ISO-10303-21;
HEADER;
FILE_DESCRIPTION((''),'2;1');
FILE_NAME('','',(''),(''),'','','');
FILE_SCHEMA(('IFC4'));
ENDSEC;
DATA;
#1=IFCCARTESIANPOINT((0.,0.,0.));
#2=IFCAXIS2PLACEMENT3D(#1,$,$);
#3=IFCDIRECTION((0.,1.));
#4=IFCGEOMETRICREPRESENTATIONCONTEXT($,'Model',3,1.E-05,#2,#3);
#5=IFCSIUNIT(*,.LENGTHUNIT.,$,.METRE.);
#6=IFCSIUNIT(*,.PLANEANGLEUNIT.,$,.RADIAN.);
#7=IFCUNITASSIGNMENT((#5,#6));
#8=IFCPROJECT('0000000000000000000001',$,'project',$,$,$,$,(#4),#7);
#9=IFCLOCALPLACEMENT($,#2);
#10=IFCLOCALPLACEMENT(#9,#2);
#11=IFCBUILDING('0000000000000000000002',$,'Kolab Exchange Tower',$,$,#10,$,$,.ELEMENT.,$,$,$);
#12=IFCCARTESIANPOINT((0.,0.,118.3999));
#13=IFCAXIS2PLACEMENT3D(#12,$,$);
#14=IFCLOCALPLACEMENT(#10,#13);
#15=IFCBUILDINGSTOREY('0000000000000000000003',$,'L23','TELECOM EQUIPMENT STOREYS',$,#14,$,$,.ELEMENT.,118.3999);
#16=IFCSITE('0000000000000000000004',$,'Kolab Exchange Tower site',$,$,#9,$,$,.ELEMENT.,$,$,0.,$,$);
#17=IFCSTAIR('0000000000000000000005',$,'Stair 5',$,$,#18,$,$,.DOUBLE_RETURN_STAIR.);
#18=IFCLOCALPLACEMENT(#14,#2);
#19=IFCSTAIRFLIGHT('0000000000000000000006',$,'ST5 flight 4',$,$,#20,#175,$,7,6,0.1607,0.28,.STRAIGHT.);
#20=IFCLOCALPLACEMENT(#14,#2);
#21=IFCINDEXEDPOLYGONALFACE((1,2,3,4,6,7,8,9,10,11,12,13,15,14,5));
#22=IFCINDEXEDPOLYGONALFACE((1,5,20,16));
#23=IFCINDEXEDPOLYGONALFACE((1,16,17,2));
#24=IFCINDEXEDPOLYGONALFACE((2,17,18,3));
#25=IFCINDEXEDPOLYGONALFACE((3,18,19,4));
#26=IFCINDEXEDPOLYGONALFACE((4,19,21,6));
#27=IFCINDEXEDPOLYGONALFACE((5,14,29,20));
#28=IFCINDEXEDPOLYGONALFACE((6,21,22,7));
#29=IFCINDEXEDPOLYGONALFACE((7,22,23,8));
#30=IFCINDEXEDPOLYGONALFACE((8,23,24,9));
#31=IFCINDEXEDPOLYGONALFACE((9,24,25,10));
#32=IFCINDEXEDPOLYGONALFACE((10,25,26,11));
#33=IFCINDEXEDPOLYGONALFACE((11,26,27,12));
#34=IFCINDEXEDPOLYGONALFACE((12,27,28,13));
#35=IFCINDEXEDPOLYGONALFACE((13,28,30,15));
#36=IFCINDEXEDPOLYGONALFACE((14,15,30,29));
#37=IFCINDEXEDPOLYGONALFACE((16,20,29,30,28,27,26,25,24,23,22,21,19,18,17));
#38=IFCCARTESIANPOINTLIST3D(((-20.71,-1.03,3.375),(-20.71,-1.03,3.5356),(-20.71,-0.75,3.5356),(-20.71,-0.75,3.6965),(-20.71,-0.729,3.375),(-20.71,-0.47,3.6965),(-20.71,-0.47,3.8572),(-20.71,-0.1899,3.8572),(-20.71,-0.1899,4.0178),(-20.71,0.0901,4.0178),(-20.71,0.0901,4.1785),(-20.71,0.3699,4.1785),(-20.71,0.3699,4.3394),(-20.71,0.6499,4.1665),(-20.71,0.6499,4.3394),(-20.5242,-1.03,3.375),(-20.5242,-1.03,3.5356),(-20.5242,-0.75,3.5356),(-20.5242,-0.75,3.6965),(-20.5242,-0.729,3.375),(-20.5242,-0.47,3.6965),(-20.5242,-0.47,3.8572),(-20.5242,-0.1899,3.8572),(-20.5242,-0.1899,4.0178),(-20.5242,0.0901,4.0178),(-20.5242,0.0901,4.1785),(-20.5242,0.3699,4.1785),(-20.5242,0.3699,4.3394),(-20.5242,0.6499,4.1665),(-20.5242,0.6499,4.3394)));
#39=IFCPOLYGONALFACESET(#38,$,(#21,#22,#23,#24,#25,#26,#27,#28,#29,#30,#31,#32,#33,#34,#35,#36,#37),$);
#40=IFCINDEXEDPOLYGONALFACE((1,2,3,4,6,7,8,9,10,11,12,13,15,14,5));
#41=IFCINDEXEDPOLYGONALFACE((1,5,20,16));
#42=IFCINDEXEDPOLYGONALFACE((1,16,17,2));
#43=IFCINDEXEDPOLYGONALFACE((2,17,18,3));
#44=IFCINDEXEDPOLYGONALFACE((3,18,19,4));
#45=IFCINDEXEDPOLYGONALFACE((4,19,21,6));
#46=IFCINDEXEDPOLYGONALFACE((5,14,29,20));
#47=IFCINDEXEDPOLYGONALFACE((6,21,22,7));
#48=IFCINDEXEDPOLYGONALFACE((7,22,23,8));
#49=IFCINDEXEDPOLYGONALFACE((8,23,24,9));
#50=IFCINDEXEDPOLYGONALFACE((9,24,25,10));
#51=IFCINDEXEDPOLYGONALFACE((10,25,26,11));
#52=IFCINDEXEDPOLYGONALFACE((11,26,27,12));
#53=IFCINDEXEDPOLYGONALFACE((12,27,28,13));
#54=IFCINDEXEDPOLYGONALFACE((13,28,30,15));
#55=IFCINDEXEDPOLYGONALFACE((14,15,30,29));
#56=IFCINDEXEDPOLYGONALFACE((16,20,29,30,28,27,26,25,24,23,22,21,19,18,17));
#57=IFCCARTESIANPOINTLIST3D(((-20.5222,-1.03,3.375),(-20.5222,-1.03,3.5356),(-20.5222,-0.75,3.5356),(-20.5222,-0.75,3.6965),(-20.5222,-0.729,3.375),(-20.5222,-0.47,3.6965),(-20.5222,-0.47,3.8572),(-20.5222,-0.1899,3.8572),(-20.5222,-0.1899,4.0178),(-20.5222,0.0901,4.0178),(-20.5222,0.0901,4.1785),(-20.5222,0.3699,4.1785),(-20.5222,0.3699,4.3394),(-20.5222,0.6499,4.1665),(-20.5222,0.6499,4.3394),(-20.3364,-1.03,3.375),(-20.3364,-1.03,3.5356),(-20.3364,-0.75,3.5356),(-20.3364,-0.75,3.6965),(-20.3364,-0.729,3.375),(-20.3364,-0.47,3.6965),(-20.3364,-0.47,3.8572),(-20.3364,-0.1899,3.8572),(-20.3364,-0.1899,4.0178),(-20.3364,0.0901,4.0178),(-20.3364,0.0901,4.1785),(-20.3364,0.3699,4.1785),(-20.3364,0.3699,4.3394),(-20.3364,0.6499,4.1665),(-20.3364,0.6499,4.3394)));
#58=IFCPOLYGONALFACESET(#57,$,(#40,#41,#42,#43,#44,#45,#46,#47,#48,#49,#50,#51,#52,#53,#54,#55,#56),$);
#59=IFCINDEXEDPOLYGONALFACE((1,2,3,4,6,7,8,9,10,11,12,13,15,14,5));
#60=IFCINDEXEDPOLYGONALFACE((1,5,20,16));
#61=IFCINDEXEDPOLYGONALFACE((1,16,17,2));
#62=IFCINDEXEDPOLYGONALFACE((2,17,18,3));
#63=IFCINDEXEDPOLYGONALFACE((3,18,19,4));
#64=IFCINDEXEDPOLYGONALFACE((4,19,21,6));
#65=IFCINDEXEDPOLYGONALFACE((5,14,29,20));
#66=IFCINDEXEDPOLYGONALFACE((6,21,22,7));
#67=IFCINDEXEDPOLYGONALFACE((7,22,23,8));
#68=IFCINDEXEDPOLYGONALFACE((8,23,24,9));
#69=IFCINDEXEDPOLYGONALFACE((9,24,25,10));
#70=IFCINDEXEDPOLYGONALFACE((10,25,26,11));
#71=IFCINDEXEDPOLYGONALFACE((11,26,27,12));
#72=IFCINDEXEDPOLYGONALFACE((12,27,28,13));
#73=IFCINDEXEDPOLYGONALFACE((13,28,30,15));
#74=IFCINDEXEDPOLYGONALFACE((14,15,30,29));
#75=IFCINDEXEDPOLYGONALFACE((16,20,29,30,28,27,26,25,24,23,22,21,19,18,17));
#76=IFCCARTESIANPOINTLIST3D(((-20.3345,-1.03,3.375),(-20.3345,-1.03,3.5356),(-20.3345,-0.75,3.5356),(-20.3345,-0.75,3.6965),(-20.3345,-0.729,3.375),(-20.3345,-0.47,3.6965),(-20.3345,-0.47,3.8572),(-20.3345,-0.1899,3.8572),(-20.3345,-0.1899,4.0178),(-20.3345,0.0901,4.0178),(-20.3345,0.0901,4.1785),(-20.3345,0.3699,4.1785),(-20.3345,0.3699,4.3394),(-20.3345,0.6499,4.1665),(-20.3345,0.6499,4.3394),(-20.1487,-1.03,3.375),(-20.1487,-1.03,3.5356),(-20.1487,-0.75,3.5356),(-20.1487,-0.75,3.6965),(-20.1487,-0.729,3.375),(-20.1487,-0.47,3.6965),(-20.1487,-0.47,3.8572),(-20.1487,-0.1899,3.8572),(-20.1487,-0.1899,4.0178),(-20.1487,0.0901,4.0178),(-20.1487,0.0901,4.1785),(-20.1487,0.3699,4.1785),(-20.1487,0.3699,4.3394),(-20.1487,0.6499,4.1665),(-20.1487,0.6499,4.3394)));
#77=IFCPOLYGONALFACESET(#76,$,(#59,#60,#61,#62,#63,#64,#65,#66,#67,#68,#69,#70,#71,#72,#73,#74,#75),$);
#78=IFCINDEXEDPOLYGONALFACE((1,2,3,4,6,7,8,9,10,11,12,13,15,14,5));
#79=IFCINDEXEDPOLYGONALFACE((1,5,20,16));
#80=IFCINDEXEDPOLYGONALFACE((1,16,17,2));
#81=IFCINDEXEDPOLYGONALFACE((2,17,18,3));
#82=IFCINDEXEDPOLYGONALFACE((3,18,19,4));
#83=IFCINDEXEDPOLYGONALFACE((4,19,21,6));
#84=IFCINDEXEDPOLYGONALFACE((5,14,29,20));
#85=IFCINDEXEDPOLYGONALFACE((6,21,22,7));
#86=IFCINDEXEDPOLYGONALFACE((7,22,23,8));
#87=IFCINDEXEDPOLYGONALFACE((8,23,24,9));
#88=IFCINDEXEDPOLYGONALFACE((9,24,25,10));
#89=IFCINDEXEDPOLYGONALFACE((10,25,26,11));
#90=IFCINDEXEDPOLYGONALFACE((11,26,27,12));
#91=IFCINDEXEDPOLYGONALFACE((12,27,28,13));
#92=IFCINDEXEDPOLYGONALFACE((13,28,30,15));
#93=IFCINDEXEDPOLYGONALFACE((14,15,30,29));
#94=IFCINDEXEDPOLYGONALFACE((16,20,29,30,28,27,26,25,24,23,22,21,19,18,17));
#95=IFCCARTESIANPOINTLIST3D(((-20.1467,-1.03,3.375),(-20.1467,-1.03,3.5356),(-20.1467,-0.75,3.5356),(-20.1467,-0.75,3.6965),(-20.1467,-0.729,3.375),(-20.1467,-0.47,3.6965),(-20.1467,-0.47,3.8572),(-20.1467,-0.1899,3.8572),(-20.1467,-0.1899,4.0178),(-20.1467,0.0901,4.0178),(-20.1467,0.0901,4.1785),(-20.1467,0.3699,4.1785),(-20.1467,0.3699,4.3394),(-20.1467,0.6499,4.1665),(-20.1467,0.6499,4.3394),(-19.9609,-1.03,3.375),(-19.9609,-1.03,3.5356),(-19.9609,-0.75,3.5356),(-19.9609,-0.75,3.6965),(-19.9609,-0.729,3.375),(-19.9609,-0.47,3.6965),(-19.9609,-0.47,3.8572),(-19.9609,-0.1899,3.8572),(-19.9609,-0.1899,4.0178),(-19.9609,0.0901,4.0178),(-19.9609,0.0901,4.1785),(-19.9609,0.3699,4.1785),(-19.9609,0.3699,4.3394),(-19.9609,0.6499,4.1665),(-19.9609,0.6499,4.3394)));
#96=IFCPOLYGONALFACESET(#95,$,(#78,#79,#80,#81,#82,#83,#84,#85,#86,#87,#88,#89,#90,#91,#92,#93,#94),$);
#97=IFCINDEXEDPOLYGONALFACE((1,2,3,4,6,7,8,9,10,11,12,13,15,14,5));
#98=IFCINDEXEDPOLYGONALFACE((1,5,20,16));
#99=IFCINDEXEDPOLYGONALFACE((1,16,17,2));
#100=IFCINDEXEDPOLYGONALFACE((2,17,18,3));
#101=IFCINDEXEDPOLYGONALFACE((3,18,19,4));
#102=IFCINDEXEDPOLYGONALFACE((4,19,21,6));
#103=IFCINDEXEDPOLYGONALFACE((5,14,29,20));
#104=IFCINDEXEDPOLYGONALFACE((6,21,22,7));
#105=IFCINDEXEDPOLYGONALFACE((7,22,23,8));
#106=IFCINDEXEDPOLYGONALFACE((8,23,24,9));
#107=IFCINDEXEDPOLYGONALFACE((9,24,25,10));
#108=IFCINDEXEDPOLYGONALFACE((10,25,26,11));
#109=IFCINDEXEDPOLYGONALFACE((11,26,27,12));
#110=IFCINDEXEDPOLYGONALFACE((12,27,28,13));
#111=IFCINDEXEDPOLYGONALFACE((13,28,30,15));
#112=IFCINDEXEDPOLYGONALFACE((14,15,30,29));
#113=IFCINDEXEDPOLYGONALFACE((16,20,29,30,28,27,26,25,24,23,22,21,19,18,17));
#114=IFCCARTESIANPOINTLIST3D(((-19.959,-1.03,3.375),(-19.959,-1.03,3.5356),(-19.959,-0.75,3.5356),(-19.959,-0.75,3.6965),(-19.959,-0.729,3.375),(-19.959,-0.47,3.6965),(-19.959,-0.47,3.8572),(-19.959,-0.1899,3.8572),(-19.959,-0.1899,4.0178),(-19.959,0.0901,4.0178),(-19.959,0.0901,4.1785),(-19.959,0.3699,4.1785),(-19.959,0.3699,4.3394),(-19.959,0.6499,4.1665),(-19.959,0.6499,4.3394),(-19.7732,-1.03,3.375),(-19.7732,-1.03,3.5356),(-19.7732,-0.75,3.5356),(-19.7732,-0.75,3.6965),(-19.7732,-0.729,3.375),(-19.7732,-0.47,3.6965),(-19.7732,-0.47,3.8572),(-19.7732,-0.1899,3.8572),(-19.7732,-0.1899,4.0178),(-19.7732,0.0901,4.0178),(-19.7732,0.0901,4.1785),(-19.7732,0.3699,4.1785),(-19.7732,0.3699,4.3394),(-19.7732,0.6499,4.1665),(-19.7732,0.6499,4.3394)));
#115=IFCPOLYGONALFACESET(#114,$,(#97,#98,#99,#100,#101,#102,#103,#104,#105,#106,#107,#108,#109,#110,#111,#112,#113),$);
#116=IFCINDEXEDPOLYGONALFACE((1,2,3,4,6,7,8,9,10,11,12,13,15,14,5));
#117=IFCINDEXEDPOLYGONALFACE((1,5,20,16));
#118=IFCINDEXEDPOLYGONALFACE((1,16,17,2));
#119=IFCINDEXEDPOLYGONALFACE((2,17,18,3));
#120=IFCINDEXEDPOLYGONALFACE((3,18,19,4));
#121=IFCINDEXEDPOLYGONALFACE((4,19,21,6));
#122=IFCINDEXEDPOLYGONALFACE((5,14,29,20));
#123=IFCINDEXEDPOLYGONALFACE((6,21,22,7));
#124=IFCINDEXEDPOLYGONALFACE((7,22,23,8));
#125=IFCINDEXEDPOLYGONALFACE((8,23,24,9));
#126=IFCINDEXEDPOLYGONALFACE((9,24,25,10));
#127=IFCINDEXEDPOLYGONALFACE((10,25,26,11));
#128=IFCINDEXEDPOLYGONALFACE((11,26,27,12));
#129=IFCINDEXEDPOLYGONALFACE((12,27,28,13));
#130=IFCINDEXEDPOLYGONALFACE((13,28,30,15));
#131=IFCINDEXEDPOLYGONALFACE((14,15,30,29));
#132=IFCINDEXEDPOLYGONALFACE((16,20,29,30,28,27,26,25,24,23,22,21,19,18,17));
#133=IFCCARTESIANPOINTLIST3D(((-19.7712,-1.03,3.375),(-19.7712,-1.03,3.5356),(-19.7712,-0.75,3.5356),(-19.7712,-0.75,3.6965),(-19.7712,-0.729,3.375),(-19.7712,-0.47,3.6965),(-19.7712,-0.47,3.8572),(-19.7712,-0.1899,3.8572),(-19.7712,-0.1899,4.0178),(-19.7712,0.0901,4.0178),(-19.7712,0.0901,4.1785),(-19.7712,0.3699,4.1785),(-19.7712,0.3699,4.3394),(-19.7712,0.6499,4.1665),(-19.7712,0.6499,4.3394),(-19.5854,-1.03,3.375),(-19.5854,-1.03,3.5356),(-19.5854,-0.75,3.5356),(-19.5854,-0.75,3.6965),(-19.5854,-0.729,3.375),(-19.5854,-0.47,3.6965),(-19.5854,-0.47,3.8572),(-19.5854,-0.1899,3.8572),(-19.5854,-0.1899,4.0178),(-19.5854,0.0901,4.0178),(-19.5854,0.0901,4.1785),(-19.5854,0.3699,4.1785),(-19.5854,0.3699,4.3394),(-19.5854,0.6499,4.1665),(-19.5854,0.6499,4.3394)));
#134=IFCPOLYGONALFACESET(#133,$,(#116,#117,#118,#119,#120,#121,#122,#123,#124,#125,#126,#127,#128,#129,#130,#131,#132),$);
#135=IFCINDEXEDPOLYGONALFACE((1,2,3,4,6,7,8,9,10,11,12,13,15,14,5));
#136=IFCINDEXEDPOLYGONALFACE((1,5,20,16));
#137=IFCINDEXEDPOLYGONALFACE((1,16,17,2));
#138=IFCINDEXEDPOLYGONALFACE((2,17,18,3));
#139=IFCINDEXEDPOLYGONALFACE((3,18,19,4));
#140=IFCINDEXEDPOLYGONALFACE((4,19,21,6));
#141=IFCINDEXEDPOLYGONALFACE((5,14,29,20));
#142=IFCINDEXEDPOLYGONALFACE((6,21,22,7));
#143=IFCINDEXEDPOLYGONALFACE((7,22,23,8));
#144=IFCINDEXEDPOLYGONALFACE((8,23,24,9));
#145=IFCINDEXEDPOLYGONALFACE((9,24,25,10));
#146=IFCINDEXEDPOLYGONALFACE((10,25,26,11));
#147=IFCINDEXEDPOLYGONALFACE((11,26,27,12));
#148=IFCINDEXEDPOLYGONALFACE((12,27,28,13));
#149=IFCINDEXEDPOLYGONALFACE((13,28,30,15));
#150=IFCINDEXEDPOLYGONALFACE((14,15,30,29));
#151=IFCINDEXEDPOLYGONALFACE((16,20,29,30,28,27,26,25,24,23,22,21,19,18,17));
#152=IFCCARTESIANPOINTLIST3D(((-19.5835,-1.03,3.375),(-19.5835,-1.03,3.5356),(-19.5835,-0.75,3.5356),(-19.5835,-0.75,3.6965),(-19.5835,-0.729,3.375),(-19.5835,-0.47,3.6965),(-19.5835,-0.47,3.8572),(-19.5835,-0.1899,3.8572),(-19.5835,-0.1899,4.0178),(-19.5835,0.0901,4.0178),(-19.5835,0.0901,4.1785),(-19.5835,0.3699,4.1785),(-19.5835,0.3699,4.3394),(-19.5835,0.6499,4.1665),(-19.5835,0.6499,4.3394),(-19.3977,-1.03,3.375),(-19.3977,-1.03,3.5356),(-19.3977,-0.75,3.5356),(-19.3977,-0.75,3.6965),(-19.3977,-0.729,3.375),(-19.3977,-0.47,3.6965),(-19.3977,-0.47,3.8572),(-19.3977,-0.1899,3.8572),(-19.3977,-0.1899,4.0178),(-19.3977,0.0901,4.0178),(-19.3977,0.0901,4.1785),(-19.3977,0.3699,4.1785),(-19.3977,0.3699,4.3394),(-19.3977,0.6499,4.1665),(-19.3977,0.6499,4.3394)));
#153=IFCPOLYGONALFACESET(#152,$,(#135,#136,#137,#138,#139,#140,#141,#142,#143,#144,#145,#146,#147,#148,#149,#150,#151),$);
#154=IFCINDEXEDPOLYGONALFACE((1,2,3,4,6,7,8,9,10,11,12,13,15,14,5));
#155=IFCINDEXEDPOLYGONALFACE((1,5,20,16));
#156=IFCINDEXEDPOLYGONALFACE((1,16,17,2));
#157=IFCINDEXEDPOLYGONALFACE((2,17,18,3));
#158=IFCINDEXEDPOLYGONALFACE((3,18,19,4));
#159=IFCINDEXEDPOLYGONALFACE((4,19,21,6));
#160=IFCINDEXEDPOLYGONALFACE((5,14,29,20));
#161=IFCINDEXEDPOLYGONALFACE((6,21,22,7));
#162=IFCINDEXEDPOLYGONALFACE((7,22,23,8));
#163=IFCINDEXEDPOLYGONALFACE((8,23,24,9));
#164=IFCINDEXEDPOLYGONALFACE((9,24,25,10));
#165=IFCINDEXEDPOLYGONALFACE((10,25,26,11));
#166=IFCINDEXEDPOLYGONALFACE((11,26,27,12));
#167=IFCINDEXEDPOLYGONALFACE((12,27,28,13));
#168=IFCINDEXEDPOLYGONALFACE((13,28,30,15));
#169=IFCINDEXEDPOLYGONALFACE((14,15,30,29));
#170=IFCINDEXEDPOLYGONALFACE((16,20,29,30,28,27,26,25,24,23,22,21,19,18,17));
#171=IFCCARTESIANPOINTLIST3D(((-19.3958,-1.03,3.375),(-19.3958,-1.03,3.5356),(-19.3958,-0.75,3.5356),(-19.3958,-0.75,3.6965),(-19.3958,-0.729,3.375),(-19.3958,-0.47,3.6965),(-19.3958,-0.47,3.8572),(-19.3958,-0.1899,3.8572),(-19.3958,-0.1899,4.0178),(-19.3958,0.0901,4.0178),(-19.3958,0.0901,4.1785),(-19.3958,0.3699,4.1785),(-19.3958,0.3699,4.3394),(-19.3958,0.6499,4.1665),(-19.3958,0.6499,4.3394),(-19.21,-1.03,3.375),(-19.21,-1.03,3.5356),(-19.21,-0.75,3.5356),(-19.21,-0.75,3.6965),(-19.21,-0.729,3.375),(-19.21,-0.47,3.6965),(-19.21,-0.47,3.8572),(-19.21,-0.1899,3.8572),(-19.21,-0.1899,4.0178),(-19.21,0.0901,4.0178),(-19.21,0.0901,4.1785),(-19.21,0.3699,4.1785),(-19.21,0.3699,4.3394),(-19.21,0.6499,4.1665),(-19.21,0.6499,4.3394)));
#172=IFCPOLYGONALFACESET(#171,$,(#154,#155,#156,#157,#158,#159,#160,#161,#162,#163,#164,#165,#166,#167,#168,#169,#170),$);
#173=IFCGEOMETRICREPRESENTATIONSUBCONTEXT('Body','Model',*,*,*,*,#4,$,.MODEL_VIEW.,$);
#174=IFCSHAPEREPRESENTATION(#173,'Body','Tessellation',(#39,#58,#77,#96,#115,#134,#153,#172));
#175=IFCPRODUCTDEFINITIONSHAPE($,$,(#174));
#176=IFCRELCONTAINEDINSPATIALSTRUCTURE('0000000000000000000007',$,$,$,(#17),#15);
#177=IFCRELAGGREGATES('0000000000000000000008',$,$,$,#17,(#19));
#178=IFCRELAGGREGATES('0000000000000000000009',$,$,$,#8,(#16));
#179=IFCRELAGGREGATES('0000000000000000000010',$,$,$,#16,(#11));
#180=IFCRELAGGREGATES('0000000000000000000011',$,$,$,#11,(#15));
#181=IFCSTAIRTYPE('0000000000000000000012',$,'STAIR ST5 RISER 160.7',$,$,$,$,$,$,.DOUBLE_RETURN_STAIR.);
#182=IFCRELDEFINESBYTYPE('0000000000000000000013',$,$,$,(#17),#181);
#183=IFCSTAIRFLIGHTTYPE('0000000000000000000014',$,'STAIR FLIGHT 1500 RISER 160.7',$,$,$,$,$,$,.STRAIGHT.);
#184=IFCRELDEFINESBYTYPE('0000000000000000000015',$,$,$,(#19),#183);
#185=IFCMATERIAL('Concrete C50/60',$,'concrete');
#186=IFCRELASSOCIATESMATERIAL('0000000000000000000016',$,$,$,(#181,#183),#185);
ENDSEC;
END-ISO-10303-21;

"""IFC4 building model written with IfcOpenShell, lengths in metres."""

from ifc_helpers import new_model, si_unit, direction, frame, origin, place, context, subcontext, project, spatial, polyline, outline, extrude, material, type_object, element, aggregate, save


model = new_model("IFC4")

# Units and contexts
model_context = context("Model", 3, precision=1e-05, world=origin(), true_north=direction((0.0, 1.0)))
body_context = subcontext(model_context, "Body", "Model", "MODEL_VIEW")
ifc_project = project(units=[si_unit("LENGTHUNIT", "METRE"), si_unit("PLANEANGLEUNIT", "RADIAN")], contexts=[model_context])

# Site, building, storey
site_placement = place(None, origin())
site = spatial("IfcSite", under=ifc_project, at=site_placement, Name="Kolab Exchange Tower site", CompositionType="ELEMENT", RefElevation=0.0)
building_placement = place(site_placement, origin())
building = spatial("IfcBuilding", under=site, at=building_placement, Name="Kolab Exchange Tower", CompositionType="ELEMENT")
storey_placement = place(building_placement, frame((0.0, 0.0, 118.3999)))
storey = spatial("IfcBuildingStorey", under=building, at=storey_placement, Name="L23", Description="TELECOM EQUIPMENT STOREYS", CompositionType="ELEMENT", Elevation=118.3999)

# Shared definitions
ifc_material_1 = material(Name="Concrete C50/60", Category="concrete")

# Stair, stair flight
stair_type = type_object("IfcStairType", Name="STAIR ST5 RISER 160.7", PredefinedType="DOUBLE_RETURN_STAIR", material=ifc_material_1)
stair_placement = place(storey_placement, origin())
stair = element("IfcStair", 1, at=stair_placement, inside=storey, type_object=stair_type, Name="Stair 5", PredefinedType="DOUBLE_RETURN_STAIR")
stair_flight_type = type_object("IfcStairFlightType", Name="STAIR FLIGHT 1500 RISER 160.7", PredefinedType="STRAIGHT", material=ifc_material_1)
stair_flight_1_placement = place(storey_placement, frame((-19.96, -1.03, 3.375), z_axis=(0.0, 0.0, 1.0), x_axis=(0.0, 1.0, 0.0)))
stair_flight_1 = element("IfcStairFlight", 2, at=stair_flight_1_placement, type_object=stair_flight_type, Name="ST5 flight 4", NumberOfRisers=7, NumberOfTreads=6, PredefinedType="STRAIGHT", RiserHeight=0.1607, TreadLength=0.28, context=body_context, shape_type="SweptSolid", body=[
    extrude(outline(polyline([(0.0, 0.0), (0.0, 0.1606), (0.28, 0.1606), (0.28, 0.3215), (0.5601, 0.3215), (0.5601, 0.4822), (0.8401, 0.4822), (0.8401, 0.6428), (1.1201, 0.6428), (1.1201, 0.8035), (1.3999, 0.8035), (1.3999, 0.9644), (1.6799, 0.9644), (1.6799, 1.125), (1.6799, 0.7915), (0.301, 0.0), (0.0, 0.0)])), frame((0.0, 0.75, 0.0), z_axis=(0.0, -1.0, 0.0), x_axis=(1.0, 0.0, 0.0)), (0.0, 0.0, 1.0), 0.1858),
    extrude(outline(polyline([(0.0, 0.0), (0.0, 0.1606), (0.28, 0.1606), (0.28, 0.3215), (0.5601, 0.3215), (0.5601, 0.4822), (0.8401, 0.4822), (0.8401, 0.6428), (1.1201, 0.6428), (1.1201, 0.8035), (1.3999, 0.8035), (1.3999, 0.9644), (1.6799, 0.9644), (1.6799, 1.125), (1.6799, 0.7915), (0.301, 0.0), (0.0, 0.0)])), frame((0.0, 0.5623, 0.0), z_axis=(0.0, -1.0, 0.0), x_axis=(1.0, 0.0, 0.0)), (0.0, 0.0, 1.0), 0.1858),
    extrude(outline(polyline([(0.0, 0.0), (0.0, 0.1606), (0.28, 0.1606), (0.28, 0.3215), (0.5601, 0.3215), (0.5601, 0.4822), (0.8401, 0.4822), (0.8401, 0.6428), (1.1201, 0.6428), (1.1201, 0.8035), (1.3999, 0.8035), (1.3999, 0.9644), (1.6799, 0.9644), (1.6799, 1.125), (1.6799, 0.7915), (0.301, 0.0), (0.0, 0.0)])), frame((0.0, 0.3745, 0.0), z_axis=(0.0, -1.0, 0.0), x_axis=(1.0, 0.0, 0.0)), (0.0, 0.0, 1.0), 0.1858),
    extrude(outline(polyline([(0.0, 0.0), (0.0, 0.1606), (0.28, 0.1606), (0.28, 0.3215), (0.5601, 0.3215), (0.5601, 0.4822), (0.8401, 0.4822), (0.8401, 0.6428), (1.1201, 0.6428), (1.1201, 0.8035), (1.3999, 0.8035), (1.3999, 0.9644), (1.6799, 0.9644), (1.6799, 1.125), (1.6799, 0.7915), (0.301, 0.0), (0.0, 0.0)])), frame((0.0, 0.1868, 0.0), z_axis=(0.0, -1.0, 0.0), x_axis=(1.0, 0.0, 0.0)), (0.0, 0.0, 1.0), 0.1858),
    extrude(outline(polyline([(0.0, 0.0), (0.0, 0.1606), (0.28, 0.1606), (0.28, 0.3215), (0.5601, 0.3215), (0.5601, 0.4822), (0.8401, 0.4822), (0.8401, 0.6428), (1.1201, 0.6428), (1.1201, 0.8035), (1.3999, 0.8035), (1.3999, 0.9644), (1.6799, 0.9644), (1.6799, 1.125), (1.6799, 0.7915), (0.301, 0.0), (0.0, 0.0)])), frame((0.0, -0.001, 0.0), z_axis=(0.0, -1.0, 0.0), x_axis=(1.0, 0.0, 0.0)), (0.0, 0.0, 1.0), 0.1858),
    extrude(outline(polyline([(0.0, 0.0), (0.0, 0.1606), (0.28, 0.1606), (0.28, 0.3215), (0.5601, 0.3215), (0.5601, 0.4822), (0.8401, 0.4822), (0.8401, 0.6428), (1.1201, 0.6428), (1.1201, 0.8035), (1.3999, 0.8035), (1.3999, 0.9644), (1.6799, 0.9644), (1.6799, 1.125), (1.6799, 0.7915), (0.301, 0.0), (0.0, 0.0)])), frame((0.0, -0.1887, 0.0), z_axis=(0.0, -1.0, 0.0), x_axis=(1.0, 0.0, 0.0)), (0.0, 0.0, 1.0), 0.1858),
    extrude(outline(polyline([(0.0, 0.0), (0.0, 0.1606), (0.28, 0.1606), (0.28, 0.3215), (0.5601, 0.3215), (0.5601, 0.4822), (0.8401, 0.4822), (0.8401, 0.6428), (1.1201, 0.6428), (1.1201, 0.8035), (1.3999, 0.8035), (1.3999, 0.9644), (1.6799, 0.9644), (1.6799, 1.125), (1.6799, 0.7915), (0.301, 0.0), (0.0, 0.0)])), frame((0.0, -0.3765, 0.0), z_axis=(0.0, -1.0, 0.0), x_axis=(1.0, 0.0, 0.0)), (0.0, 0.0, 1.0), 0.1858),
    extrude(outline(polyline([(0.0, 0.0), (0.0, 0.1606), (0.28, 0.1606), (0.28, 0.3215), (0.5601, 0.3215), (0.5601, 0.4822), (0.8401, 0.4822), (0.8401, 0.6428), (1.1201, 0.6428), (1.1201, 0.8035), (1.3999, 0.8035), (1.3999, 0.9644), (1.6799, 0.9644), (1.6799, 1.125), (1.6799, 0.7915), (0.301, 0.0), (0.0, 0.0)])), frame((0.0, -0.5642, 0.0), z_axis=(0.0, -1.0, 0.0), x_axis=(1.0, 0.0, 0.0)), (0.0, 0.0, 1.0), 0.1858),
])
aggregate(stair, [stair_flight_1])

save(model, "model.ifc")
